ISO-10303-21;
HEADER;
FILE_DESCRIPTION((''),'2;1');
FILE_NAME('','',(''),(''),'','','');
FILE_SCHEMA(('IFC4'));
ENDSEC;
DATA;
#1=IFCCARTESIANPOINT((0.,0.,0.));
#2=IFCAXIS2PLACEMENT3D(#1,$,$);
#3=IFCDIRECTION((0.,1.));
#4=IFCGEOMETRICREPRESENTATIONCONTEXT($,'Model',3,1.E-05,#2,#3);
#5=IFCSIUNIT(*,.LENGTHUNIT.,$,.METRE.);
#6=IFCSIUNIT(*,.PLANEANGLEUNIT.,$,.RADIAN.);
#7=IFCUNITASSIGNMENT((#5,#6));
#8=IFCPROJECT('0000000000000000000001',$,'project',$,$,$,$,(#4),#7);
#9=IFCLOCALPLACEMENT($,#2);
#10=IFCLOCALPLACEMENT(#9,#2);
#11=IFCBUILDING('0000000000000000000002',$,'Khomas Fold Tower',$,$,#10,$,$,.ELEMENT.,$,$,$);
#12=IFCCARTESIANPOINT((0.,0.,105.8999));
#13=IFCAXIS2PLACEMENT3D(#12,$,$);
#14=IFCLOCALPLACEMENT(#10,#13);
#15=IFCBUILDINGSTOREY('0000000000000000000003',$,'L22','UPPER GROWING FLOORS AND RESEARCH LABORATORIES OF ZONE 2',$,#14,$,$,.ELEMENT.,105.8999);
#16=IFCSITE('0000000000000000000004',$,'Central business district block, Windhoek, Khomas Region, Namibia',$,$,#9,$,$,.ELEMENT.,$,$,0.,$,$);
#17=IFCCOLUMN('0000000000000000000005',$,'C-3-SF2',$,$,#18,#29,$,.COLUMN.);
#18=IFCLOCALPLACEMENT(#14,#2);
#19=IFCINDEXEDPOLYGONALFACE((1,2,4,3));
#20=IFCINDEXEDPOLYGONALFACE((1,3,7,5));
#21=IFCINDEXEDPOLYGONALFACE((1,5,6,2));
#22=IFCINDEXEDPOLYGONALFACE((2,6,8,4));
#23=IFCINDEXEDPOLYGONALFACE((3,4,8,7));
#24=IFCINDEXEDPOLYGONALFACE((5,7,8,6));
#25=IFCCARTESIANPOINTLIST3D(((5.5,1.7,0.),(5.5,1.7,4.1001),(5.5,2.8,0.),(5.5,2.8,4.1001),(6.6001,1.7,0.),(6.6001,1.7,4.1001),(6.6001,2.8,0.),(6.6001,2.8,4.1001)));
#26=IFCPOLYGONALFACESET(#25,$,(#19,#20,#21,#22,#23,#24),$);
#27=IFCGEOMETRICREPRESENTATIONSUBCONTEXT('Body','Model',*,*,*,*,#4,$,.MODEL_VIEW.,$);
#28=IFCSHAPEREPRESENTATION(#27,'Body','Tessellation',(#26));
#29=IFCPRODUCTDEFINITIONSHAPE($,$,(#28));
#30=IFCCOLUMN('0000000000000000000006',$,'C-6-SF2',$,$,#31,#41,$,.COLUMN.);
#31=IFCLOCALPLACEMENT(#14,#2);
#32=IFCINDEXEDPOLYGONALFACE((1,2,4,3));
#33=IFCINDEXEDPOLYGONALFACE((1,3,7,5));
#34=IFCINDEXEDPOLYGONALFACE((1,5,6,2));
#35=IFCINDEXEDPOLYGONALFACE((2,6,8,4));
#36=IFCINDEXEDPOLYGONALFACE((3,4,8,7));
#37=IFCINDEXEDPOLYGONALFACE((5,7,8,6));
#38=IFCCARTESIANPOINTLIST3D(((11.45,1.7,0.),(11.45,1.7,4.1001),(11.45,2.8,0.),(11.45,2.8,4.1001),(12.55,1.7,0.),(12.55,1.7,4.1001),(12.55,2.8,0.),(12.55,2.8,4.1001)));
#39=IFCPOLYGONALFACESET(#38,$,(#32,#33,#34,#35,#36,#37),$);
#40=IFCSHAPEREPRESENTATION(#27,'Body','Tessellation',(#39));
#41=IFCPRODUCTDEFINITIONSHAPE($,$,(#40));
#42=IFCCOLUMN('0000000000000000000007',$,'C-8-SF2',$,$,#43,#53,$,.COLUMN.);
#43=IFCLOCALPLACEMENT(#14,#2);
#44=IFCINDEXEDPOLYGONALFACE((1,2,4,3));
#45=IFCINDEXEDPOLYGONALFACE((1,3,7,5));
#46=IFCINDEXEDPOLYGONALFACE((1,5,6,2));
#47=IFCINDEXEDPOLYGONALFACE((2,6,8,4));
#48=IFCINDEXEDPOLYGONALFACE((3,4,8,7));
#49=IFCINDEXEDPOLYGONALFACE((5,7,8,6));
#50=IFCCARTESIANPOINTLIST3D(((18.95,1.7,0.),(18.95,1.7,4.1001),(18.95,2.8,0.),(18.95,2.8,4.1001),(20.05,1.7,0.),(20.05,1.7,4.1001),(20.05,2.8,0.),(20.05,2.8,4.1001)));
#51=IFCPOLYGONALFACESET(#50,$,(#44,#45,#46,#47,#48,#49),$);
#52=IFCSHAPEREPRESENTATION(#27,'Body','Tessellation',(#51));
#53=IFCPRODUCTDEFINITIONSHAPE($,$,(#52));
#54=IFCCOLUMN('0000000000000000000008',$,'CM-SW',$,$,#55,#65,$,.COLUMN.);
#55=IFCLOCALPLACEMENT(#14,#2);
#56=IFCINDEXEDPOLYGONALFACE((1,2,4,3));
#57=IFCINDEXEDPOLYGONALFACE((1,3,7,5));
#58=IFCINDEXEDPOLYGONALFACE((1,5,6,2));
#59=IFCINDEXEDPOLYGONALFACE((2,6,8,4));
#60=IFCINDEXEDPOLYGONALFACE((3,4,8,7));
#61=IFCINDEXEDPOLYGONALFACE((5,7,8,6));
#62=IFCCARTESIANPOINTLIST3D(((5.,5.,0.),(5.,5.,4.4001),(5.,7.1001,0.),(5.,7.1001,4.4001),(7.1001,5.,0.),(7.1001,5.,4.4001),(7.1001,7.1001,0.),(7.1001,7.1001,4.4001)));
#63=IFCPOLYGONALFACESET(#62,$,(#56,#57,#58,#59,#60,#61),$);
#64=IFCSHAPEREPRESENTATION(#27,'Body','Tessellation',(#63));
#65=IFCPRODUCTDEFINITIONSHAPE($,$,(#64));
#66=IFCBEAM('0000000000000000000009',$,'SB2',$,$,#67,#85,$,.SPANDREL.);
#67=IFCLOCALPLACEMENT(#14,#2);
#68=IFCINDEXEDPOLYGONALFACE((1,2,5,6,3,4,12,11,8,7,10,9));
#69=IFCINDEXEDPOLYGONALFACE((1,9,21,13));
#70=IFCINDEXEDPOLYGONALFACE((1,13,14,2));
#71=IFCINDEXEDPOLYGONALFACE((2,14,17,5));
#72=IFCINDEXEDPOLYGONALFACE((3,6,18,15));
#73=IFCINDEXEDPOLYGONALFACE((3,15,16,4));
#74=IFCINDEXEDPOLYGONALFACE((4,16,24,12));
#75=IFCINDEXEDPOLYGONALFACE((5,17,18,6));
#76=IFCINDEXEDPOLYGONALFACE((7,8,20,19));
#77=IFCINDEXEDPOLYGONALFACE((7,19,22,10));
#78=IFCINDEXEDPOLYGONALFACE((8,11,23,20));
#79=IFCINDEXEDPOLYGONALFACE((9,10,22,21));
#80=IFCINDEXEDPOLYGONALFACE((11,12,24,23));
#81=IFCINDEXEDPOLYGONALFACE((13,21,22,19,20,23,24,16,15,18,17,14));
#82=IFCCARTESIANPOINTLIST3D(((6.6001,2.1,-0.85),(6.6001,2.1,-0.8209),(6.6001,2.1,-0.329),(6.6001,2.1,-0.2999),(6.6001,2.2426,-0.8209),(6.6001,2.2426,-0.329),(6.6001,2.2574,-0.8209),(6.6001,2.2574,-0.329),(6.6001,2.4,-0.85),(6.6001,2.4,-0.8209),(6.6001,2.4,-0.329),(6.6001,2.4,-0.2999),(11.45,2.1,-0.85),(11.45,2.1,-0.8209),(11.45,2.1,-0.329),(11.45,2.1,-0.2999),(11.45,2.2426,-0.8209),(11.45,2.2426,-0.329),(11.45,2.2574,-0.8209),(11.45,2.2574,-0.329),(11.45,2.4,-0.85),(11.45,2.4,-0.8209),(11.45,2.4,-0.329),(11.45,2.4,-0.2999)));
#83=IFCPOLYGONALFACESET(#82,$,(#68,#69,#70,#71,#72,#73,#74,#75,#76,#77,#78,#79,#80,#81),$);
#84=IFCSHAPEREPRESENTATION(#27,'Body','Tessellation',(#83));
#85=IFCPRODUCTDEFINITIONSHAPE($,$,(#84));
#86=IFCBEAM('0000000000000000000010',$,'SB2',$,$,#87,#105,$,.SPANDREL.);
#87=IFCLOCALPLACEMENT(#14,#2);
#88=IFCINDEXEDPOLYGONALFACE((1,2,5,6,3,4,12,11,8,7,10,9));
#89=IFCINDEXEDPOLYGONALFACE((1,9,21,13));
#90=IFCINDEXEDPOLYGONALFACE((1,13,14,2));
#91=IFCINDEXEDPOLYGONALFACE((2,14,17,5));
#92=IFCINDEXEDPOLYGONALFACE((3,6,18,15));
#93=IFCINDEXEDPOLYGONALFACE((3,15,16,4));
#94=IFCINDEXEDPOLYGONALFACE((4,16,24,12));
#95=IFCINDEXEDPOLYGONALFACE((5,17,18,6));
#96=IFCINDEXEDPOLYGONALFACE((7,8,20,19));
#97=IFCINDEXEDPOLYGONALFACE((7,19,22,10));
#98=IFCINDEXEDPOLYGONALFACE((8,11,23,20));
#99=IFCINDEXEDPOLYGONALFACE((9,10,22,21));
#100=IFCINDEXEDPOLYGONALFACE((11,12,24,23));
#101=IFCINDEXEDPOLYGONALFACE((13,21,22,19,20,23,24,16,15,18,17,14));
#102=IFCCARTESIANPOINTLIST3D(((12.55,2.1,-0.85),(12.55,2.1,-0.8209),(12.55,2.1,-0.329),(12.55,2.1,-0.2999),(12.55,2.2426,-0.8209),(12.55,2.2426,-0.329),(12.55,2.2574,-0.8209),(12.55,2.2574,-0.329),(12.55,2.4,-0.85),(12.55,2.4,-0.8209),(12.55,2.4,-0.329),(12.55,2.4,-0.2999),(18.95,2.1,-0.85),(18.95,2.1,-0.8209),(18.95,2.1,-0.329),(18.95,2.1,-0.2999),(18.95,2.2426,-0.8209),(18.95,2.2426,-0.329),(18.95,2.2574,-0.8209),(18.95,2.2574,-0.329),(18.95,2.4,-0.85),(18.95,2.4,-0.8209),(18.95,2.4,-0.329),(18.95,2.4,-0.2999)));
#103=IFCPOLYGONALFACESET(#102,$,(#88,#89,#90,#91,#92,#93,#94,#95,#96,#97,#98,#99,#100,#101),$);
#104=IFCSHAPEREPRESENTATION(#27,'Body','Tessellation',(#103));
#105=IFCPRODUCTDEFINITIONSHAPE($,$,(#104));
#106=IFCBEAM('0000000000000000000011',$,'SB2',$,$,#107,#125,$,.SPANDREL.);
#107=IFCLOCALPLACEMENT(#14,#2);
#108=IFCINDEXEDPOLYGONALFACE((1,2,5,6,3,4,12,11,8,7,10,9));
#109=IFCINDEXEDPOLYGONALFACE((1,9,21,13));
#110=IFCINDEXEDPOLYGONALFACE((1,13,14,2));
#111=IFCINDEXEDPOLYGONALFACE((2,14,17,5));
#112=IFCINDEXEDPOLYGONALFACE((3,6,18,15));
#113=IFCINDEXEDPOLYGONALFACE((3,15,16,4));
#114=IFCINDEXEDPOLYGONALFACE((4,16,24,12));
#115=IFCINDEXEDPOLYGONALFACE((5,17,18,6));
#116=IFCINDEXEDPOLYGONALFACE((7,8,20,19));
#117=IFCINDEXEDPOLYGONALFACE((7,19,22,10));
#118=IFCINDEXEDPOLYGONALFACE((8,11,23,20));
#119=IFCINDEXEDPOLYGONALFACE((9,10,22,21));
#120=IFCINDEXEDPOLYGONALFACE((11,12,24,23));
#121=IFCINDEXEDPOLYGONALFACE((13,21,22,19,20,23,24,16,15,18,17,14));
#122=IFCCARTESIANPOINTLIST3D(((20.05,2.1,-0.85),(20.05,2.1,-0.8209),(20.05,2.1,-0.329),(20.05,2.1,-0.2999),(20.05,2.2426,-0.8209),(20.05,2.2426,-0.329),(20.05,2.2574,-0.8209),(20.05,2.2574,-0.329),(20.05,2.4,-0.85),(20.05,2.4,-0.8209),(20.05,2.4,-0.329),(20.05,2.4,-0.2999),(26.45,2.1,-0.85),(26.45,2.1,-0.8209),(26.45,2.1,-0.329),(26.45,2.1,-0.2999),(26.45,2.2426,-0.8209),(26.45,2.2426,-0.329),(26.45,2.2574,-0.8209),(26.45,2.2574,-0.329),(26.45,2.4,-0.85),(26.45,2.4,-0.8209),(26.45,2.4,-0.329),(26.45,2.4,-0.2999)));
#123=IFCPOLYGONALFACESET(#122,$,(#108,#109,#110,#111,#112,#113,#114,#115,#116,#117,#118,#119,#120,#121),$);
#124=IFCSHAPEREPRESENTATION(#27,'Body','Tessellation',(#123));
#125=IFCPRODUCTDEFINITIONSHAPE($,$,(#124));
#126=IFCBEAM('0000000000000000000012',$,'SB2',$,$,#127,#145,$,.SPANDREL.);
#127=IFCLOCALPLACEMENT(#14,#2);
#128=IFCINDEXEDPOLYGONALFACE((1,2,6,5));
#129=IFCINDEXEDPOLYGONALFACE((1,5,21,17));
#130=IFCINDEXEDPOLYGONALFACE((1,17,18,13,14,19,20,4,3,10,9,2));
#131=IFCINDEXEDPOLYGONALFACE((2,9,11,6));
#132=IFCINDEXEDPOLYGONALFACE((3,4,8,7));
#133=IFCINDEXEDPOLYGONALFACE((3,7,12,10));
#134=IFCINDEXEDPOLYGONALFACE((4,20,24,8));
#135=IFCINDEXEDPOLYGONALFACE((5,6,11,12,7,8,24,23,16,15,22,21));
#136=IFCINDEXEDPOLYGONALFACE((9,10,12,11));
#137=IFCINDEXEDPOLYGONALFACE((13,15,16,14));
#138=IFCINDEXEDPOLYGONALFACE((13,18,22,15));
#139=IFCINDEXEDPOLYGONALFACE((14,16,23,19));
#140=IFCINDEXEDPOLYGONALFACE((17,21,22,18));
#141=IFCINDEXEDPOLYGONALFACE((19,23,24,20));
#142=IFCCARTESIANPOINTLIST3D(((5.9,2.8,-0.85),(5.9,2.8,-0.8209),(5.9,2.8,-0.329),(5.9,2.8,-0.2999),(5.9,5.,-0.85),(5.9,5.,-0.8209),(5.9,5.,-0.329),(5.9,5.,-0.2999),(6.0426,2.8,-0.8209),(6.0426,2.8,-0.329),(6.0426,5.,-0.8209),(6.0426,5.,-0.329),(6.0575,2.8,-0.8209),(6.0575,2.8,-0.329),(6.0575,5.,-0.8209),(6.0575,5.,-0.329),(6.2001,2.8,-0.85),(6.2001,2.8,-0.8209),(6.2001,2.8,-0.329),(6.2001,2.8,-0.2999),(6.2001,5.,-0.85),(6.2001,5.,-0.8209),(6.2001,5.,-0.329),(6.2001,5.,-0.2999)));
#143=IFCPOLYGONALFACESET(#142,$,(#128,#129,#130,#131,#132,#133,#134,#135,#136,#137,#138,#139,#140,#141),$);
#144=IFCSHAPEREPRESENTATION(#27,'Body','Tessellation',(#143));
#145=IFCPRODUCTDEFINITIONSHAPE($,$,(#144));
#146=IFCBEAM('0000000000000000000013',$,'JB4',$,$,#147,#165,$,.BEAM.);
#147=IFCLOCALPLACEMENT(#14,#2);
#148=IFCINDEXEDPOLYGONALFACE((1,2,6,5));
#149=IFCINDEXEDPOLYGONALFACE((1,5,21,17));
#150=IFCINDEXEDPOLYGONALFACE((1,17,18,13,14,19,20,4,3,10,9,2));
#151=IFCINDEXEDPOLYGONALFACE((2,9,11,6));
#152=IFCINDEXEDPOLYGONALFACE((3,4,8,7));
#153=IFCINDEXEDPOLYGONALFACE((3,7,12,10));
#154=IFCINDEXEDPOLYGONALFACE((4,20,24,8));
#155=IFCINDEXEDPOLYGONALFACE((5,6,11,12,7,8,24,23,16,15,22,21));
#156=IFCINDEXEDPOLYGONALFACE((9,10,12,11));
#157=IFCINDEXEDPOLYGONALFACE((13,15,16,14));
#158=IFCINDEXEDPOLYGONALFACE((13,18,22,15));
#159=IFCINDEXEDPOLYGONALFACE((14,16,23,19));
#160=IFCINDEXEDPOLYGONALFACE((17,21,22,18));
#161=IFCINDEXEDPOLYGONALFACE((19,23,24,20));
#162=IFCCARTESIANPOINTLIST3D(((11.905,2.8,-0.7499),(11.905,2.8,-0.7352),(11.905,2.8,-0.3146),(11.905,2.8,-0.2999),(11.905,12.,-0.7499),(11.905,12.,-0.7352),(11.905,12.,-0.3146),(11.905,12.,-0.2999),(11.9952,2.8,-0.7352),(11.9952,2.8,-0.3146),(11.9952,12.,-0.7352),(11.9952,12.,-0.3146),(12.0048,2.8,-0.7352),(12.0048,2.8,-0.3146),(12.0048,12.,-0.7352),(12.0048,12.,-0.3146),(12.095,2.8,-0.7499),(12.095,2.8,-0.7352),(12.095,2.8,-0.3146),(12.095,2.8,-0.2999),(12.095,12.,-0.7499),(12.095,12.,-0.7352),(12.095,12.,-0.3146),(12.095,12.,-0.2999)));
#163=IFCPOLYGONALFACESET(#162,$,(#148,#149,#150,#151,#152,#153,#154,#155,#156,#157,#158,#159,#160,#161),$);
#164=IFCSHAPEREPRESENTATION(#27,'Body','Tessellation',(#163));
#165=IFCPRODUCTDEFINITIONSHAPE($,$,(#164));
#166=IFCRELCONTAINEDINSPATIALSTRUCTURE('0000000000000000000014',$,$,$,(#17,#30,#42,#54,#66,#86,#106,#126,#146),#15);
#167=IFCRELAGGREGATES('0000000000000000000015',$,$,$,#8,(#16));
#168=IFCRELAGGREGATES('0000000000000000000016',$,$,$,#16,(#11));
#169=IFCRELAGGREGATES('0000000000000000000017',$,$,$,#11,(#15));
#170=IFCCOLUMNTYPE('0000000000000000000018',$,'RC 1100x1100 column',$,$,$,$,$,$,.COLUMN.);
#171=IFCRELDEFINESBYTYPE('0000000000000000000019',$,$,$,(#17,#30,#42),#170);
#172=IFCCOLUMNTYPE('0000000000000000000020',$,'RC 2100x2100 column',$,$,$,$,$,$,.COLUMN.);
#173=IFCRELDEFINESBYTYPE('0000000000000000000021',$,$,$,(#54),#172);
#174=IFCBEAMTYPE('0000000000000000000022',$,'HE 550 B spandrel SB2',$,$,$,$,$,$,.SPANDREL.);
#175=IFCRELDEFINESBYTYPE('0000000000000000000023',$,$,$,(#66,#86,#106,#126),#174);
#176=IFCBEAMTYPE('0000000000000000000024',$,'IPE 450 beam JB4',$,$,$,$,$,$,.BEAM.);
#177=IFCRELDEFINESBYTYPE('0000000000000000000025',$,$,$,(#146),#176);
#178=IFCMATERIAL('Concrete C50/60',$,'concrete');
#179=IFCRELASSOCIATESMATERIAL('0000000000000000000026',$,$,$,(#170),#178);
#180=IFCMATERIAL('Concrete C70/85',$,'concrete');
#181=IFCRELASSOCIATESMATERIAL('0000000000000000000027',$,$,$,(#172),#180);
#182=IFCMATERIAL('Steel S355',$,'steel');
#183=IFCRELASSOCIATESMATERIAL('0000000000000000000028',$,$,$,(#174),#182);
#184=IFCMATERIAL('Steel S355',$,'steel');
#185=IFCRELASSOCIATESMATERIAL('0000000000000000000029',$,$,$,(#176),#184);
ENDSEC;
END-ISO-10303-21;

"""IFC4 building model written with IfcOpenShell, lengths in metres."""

from ifc_helpers import new_model, si_unit, direction, frame, origin, origin_2d, place, context, subcontext, project, spatial, rectangle, i_section, extrude, source, transform, mapped, material, material_profile, profile_set, type_object, element, save


model = new_model("IFC4")

# Units and contexts
model_context = context("Model", 3, precision=1e-05, world=origin(), true_north=direction((0.0, 1.0)))
body_context = subcontext(model_context, "Body", "Model", "MODEL_VIEW")
ifc_project = project(units=[si_unit("LENGTHUNIT", "METRE"), si_unit("PLANEANGLEUNIT", "RADIAN")], contexts=[model_context])

# Site, building, storey
site_placement = place(None, origin())
site = spatial("IfcSite", under=ifc_project, at=site_placement, Name="Central business district block, Windhoek, Khomas Region, Namibia", CompositionType="ELEMENT", RefElevation=0.0)
building_placement = place(site_placement, origin())
building = spatial("IfcBuilding", under=site, at=building_placement, Name="Khomas Fold Tower", CompositionType="ELEMENT")
storey_placement = place(building_placement, frame((0.0, 0.0, 105.8999)))
storey = spatial("IfcBuildingStorey", under=building, at=storey_placement, Name="L22", Description="UPPER GROWING FLOORS AND RESEARCH LABORATORIES OF ZONE 2", CompositionType="ELEMENT", Elevation=105.8999)

# Columns
ifc_material_1 = material(Name="Concrete C50/60", Category="concrete")
ifc_material_profile_1 = material_profile(ifc_material_1, rectangle(XDim=1.1001, YDim=1.1001, at=origin_2d()), Name="RC 1100x1100")
ifc_profile_set_1 = profile_set([ifc_material_profile_1], Name="Concrete C50/60")
column_type_1 = type_object("IfcColumnType", Name="RC 1100x1100 column", PredefinedType="COLUMN", material=ifc_profile_set_1)
shared_shape_1 = source(origin(), body_context, "Body", "SweptSolid", [
    extrude(rectangle(XDim=1.1001, YDim=1.1001, at=origin_2d()), origin(), (0.0, 0.0, 1.0), 4.1001),
])
for number, where, z_axis, x_axis, name in (
    (1, (6.05, 2.25, 0.0), (0.0, 0.0, 1.0), (1.0, 0.0, 0.0), "C-3-SF2"),
    (2, (12.0, 2.25, 0.0), (0.0, 0.0, 1.0), (1.0, 0.0, 0.0), "C-6-SF2"),
    (3, (19.5, 2.25, 0.0), (0.0, 0.0, 1.0), (1.0, 0.0, 0.0), "C-8-SF2"),
):
    element("IfcColumn", number, at=place(storey_placement, frame(where, z_axis=z_axis, x_axis=x_axis)), inside=storey, type_object=column_type_1, Name=name, PredefinedType="COLUMN", context=body_context, shape_type="MappedRepresentation", body=[
        mapped(shared_shape_1, transform((0.0, 0.0, 0.0))),
    ])
ifc_material_2 = material(Name="Concrete C70/85", Category="concrete")
ifc_material_profile_2 = material_profile(ifc_material_2, rectangle(XDim=2.1001, YDim=2.1001, at=origin_2d()), Name="RC 2100x2100")
ifc_profile_set_2 = profile_set([ifc_material_profile_2], Name="Concrete C70/85")
column_type_2 = type_object("IfcColumnType", Name="RC 2100x2100 column", PredefinedType="COLUMN", material=ifc_profile_set_2)
shared_shape_2 = source(origin(), body_context, "Body", "SweptSolid", [
    extrude(rectangle(XDim=2.1001, YDim=2.1001, at=origin_2d()), origin(), (0.0, 0.0, 1.0), 4.4001),
])
column_placement = place(storey_placement, frame((6.05, 6.05, 0.0), z_axis=(0.0, 0.0, 1.0), x_axis=(1.0, 0.0, 0.0)))
element("IfcColumn", 4, at=column_placement, inside=storey, type_object=column_type_2, Name="CM-SW", PredefinedType="COLUMN", context=body_context, shape_type="MappedRepresentation", body=[
    mapped(shared_shape_2, transform((0.0, 0.0, 0.0))),
])

# Beams
ifc_material_3 = material(Name="Steel S355", Category="steel")
ifc_material_profile_3 = material_profile(ifc_material_3, i_section(OverallWidth=0.3, OverallDepth=0.55, WebThickness=0.0149, FlangeThickness=0.0291, at=origin_2d()), Name="HE 550 B")
ifc_profile_set_3 = profile_set([ifc_material_profile_3], Name="Steel S355")
beam_type_1 = type_object("IfcBeamType", Name="HE 550 B spandrel SB2", PredefinedType="SPANDREL", material=ifc_profile_set_3)
shared_shape_3 = source(origin(), body_context, "Body", "SweptSolid", [
    extrude(i_section(OverallWidth=0.3, OverallDepth=0.55, WebThickness=0.0149, FlangeThickness=0.0291, at=origin_2d()), origin(), (0.0, 0.0, 1.0), 4.8499),
])
beam_1_placement = place(storey_placement, frame((6.6001, 2.25, -0.575), z_axis=(1.0, 0.0, 0.0), x_axis=(0.0, 1.0, 0.0)))
element("IfcBeam", 5, at=beam_1_placement, inside=storey, type_object=beam_type_1, Name="SB2", PredefinedType="SPANDREL", context=body_context, shape_type="MappedRepresentation", body=[
    mapped(shared_shape_3, transform((0.0, 0.0, 0.0))),
])
shared_shape_4 = source(origin(), body_context, "Body", "SweptSolid", [
    extrude(i_section(OverallWidth=0.3, OverallDepth=0.55, WebThickness=0.0149, FlangeThickness=0.0291, at=origin_2d()), origin(), (0.0, 0.0, 1.0), 6.3999),
])
for number, where, z_axis, x_axis, name in (
    (6, (12.55, 2.25, -0.575), (1.0, 0.0, 0.0), (0.0, 1.0, 0.0), "SB2"),
    (7, (20.05, 2.25, -0.575), (1.0, 0.0, 0.0), (0.0, 1.0, 0.0), "SB2"),
):
    element("IfcBeam", number, at=place(storey_placement, frame(where, z_axis=z_axis, x_axis=x_axis)), inside=storey, type_object=beam_type_1, Name=name, PredefinedType="SPANDREL", context=body_context, shape_type="MappedRepresentation", body=[
        mapped(shared_shape_4, transform((0.0, 0.0, 0.0))),
    ])
shared_shape_5 = source(origin(), body_context, "Body", "SweptSolid", [
    extrude(i_section(OverallWidth=0.3, OverallDepth=0.55, WebThickness=0.0149, FlangeThickness=0.0291, at=origin_2d()), origin(), (0.0, 0.0, 1.0), 2.2),
])
beam_2_placement = place(storey_placement, frame((6.05, 2.8, -0.575), z_axis=(0.0, 1.0, 0.0), x_axis=(-1.0, 0.0, 0.0)))
element("IfcBeam", 8, at=beam_2_placement, inside=storey, type_object=beam_type_1, Name="SB2", PredefinedType="SPANDREL", context=body_context, shape_type="MappedRepresentation", body=[
    mapped(shared_shape_5, transform((0.0, 0.0, 0.0))),
])
ifc_material_4 = material(Name="Steel S355", Category="steel")
ifc_material_profile_4 = material_profile(ifc_material_4, i_section(OverallWidth=0.1899, OverallDepth=0.45, WebThickness=0.0095, FlangeThickness=0.0146, at=origin_2d()), Name="IPE 450")
ifc_profile_set_4 = profile_set([ifc_material_profile_4], Name="Steel S355")
beam_type_2 = type_object("IfcBeamType", Name="IPE 450 beam JB4", PredefinedType="BEAM", material=ifc_profile_set_4)
shared_shape_6 = source(origin(), body_context, "Body", "SweptSolid", [
    extrude(i_section(OverallWidth=0.1899, OverallDepth=0.45, WebThickness=0.0095, FlangeThickness=0.0146, at=origin_2d()), origin(), (0.0, 0.0, 1.0), 9.2),
])
beam_3_placement = place(storey_placement, frame((12.0, 2.8, -0.5249), z_axis=(0.0, 1.0, 0.0), x_axis=(-1.0, 0.0, 0.0)))
element("IfcBeam", 9, at=beam_3_placement, inside=storey, type_object=beam_type_2, Name="JB4", PredefinedType="BEAM", context=body_context, shape_type="MappedRepresentation", body=[
    mapped(shared_shape_6, transform((0.0, 0.0, 0.0))),
])

save(model, "model.ifc")
